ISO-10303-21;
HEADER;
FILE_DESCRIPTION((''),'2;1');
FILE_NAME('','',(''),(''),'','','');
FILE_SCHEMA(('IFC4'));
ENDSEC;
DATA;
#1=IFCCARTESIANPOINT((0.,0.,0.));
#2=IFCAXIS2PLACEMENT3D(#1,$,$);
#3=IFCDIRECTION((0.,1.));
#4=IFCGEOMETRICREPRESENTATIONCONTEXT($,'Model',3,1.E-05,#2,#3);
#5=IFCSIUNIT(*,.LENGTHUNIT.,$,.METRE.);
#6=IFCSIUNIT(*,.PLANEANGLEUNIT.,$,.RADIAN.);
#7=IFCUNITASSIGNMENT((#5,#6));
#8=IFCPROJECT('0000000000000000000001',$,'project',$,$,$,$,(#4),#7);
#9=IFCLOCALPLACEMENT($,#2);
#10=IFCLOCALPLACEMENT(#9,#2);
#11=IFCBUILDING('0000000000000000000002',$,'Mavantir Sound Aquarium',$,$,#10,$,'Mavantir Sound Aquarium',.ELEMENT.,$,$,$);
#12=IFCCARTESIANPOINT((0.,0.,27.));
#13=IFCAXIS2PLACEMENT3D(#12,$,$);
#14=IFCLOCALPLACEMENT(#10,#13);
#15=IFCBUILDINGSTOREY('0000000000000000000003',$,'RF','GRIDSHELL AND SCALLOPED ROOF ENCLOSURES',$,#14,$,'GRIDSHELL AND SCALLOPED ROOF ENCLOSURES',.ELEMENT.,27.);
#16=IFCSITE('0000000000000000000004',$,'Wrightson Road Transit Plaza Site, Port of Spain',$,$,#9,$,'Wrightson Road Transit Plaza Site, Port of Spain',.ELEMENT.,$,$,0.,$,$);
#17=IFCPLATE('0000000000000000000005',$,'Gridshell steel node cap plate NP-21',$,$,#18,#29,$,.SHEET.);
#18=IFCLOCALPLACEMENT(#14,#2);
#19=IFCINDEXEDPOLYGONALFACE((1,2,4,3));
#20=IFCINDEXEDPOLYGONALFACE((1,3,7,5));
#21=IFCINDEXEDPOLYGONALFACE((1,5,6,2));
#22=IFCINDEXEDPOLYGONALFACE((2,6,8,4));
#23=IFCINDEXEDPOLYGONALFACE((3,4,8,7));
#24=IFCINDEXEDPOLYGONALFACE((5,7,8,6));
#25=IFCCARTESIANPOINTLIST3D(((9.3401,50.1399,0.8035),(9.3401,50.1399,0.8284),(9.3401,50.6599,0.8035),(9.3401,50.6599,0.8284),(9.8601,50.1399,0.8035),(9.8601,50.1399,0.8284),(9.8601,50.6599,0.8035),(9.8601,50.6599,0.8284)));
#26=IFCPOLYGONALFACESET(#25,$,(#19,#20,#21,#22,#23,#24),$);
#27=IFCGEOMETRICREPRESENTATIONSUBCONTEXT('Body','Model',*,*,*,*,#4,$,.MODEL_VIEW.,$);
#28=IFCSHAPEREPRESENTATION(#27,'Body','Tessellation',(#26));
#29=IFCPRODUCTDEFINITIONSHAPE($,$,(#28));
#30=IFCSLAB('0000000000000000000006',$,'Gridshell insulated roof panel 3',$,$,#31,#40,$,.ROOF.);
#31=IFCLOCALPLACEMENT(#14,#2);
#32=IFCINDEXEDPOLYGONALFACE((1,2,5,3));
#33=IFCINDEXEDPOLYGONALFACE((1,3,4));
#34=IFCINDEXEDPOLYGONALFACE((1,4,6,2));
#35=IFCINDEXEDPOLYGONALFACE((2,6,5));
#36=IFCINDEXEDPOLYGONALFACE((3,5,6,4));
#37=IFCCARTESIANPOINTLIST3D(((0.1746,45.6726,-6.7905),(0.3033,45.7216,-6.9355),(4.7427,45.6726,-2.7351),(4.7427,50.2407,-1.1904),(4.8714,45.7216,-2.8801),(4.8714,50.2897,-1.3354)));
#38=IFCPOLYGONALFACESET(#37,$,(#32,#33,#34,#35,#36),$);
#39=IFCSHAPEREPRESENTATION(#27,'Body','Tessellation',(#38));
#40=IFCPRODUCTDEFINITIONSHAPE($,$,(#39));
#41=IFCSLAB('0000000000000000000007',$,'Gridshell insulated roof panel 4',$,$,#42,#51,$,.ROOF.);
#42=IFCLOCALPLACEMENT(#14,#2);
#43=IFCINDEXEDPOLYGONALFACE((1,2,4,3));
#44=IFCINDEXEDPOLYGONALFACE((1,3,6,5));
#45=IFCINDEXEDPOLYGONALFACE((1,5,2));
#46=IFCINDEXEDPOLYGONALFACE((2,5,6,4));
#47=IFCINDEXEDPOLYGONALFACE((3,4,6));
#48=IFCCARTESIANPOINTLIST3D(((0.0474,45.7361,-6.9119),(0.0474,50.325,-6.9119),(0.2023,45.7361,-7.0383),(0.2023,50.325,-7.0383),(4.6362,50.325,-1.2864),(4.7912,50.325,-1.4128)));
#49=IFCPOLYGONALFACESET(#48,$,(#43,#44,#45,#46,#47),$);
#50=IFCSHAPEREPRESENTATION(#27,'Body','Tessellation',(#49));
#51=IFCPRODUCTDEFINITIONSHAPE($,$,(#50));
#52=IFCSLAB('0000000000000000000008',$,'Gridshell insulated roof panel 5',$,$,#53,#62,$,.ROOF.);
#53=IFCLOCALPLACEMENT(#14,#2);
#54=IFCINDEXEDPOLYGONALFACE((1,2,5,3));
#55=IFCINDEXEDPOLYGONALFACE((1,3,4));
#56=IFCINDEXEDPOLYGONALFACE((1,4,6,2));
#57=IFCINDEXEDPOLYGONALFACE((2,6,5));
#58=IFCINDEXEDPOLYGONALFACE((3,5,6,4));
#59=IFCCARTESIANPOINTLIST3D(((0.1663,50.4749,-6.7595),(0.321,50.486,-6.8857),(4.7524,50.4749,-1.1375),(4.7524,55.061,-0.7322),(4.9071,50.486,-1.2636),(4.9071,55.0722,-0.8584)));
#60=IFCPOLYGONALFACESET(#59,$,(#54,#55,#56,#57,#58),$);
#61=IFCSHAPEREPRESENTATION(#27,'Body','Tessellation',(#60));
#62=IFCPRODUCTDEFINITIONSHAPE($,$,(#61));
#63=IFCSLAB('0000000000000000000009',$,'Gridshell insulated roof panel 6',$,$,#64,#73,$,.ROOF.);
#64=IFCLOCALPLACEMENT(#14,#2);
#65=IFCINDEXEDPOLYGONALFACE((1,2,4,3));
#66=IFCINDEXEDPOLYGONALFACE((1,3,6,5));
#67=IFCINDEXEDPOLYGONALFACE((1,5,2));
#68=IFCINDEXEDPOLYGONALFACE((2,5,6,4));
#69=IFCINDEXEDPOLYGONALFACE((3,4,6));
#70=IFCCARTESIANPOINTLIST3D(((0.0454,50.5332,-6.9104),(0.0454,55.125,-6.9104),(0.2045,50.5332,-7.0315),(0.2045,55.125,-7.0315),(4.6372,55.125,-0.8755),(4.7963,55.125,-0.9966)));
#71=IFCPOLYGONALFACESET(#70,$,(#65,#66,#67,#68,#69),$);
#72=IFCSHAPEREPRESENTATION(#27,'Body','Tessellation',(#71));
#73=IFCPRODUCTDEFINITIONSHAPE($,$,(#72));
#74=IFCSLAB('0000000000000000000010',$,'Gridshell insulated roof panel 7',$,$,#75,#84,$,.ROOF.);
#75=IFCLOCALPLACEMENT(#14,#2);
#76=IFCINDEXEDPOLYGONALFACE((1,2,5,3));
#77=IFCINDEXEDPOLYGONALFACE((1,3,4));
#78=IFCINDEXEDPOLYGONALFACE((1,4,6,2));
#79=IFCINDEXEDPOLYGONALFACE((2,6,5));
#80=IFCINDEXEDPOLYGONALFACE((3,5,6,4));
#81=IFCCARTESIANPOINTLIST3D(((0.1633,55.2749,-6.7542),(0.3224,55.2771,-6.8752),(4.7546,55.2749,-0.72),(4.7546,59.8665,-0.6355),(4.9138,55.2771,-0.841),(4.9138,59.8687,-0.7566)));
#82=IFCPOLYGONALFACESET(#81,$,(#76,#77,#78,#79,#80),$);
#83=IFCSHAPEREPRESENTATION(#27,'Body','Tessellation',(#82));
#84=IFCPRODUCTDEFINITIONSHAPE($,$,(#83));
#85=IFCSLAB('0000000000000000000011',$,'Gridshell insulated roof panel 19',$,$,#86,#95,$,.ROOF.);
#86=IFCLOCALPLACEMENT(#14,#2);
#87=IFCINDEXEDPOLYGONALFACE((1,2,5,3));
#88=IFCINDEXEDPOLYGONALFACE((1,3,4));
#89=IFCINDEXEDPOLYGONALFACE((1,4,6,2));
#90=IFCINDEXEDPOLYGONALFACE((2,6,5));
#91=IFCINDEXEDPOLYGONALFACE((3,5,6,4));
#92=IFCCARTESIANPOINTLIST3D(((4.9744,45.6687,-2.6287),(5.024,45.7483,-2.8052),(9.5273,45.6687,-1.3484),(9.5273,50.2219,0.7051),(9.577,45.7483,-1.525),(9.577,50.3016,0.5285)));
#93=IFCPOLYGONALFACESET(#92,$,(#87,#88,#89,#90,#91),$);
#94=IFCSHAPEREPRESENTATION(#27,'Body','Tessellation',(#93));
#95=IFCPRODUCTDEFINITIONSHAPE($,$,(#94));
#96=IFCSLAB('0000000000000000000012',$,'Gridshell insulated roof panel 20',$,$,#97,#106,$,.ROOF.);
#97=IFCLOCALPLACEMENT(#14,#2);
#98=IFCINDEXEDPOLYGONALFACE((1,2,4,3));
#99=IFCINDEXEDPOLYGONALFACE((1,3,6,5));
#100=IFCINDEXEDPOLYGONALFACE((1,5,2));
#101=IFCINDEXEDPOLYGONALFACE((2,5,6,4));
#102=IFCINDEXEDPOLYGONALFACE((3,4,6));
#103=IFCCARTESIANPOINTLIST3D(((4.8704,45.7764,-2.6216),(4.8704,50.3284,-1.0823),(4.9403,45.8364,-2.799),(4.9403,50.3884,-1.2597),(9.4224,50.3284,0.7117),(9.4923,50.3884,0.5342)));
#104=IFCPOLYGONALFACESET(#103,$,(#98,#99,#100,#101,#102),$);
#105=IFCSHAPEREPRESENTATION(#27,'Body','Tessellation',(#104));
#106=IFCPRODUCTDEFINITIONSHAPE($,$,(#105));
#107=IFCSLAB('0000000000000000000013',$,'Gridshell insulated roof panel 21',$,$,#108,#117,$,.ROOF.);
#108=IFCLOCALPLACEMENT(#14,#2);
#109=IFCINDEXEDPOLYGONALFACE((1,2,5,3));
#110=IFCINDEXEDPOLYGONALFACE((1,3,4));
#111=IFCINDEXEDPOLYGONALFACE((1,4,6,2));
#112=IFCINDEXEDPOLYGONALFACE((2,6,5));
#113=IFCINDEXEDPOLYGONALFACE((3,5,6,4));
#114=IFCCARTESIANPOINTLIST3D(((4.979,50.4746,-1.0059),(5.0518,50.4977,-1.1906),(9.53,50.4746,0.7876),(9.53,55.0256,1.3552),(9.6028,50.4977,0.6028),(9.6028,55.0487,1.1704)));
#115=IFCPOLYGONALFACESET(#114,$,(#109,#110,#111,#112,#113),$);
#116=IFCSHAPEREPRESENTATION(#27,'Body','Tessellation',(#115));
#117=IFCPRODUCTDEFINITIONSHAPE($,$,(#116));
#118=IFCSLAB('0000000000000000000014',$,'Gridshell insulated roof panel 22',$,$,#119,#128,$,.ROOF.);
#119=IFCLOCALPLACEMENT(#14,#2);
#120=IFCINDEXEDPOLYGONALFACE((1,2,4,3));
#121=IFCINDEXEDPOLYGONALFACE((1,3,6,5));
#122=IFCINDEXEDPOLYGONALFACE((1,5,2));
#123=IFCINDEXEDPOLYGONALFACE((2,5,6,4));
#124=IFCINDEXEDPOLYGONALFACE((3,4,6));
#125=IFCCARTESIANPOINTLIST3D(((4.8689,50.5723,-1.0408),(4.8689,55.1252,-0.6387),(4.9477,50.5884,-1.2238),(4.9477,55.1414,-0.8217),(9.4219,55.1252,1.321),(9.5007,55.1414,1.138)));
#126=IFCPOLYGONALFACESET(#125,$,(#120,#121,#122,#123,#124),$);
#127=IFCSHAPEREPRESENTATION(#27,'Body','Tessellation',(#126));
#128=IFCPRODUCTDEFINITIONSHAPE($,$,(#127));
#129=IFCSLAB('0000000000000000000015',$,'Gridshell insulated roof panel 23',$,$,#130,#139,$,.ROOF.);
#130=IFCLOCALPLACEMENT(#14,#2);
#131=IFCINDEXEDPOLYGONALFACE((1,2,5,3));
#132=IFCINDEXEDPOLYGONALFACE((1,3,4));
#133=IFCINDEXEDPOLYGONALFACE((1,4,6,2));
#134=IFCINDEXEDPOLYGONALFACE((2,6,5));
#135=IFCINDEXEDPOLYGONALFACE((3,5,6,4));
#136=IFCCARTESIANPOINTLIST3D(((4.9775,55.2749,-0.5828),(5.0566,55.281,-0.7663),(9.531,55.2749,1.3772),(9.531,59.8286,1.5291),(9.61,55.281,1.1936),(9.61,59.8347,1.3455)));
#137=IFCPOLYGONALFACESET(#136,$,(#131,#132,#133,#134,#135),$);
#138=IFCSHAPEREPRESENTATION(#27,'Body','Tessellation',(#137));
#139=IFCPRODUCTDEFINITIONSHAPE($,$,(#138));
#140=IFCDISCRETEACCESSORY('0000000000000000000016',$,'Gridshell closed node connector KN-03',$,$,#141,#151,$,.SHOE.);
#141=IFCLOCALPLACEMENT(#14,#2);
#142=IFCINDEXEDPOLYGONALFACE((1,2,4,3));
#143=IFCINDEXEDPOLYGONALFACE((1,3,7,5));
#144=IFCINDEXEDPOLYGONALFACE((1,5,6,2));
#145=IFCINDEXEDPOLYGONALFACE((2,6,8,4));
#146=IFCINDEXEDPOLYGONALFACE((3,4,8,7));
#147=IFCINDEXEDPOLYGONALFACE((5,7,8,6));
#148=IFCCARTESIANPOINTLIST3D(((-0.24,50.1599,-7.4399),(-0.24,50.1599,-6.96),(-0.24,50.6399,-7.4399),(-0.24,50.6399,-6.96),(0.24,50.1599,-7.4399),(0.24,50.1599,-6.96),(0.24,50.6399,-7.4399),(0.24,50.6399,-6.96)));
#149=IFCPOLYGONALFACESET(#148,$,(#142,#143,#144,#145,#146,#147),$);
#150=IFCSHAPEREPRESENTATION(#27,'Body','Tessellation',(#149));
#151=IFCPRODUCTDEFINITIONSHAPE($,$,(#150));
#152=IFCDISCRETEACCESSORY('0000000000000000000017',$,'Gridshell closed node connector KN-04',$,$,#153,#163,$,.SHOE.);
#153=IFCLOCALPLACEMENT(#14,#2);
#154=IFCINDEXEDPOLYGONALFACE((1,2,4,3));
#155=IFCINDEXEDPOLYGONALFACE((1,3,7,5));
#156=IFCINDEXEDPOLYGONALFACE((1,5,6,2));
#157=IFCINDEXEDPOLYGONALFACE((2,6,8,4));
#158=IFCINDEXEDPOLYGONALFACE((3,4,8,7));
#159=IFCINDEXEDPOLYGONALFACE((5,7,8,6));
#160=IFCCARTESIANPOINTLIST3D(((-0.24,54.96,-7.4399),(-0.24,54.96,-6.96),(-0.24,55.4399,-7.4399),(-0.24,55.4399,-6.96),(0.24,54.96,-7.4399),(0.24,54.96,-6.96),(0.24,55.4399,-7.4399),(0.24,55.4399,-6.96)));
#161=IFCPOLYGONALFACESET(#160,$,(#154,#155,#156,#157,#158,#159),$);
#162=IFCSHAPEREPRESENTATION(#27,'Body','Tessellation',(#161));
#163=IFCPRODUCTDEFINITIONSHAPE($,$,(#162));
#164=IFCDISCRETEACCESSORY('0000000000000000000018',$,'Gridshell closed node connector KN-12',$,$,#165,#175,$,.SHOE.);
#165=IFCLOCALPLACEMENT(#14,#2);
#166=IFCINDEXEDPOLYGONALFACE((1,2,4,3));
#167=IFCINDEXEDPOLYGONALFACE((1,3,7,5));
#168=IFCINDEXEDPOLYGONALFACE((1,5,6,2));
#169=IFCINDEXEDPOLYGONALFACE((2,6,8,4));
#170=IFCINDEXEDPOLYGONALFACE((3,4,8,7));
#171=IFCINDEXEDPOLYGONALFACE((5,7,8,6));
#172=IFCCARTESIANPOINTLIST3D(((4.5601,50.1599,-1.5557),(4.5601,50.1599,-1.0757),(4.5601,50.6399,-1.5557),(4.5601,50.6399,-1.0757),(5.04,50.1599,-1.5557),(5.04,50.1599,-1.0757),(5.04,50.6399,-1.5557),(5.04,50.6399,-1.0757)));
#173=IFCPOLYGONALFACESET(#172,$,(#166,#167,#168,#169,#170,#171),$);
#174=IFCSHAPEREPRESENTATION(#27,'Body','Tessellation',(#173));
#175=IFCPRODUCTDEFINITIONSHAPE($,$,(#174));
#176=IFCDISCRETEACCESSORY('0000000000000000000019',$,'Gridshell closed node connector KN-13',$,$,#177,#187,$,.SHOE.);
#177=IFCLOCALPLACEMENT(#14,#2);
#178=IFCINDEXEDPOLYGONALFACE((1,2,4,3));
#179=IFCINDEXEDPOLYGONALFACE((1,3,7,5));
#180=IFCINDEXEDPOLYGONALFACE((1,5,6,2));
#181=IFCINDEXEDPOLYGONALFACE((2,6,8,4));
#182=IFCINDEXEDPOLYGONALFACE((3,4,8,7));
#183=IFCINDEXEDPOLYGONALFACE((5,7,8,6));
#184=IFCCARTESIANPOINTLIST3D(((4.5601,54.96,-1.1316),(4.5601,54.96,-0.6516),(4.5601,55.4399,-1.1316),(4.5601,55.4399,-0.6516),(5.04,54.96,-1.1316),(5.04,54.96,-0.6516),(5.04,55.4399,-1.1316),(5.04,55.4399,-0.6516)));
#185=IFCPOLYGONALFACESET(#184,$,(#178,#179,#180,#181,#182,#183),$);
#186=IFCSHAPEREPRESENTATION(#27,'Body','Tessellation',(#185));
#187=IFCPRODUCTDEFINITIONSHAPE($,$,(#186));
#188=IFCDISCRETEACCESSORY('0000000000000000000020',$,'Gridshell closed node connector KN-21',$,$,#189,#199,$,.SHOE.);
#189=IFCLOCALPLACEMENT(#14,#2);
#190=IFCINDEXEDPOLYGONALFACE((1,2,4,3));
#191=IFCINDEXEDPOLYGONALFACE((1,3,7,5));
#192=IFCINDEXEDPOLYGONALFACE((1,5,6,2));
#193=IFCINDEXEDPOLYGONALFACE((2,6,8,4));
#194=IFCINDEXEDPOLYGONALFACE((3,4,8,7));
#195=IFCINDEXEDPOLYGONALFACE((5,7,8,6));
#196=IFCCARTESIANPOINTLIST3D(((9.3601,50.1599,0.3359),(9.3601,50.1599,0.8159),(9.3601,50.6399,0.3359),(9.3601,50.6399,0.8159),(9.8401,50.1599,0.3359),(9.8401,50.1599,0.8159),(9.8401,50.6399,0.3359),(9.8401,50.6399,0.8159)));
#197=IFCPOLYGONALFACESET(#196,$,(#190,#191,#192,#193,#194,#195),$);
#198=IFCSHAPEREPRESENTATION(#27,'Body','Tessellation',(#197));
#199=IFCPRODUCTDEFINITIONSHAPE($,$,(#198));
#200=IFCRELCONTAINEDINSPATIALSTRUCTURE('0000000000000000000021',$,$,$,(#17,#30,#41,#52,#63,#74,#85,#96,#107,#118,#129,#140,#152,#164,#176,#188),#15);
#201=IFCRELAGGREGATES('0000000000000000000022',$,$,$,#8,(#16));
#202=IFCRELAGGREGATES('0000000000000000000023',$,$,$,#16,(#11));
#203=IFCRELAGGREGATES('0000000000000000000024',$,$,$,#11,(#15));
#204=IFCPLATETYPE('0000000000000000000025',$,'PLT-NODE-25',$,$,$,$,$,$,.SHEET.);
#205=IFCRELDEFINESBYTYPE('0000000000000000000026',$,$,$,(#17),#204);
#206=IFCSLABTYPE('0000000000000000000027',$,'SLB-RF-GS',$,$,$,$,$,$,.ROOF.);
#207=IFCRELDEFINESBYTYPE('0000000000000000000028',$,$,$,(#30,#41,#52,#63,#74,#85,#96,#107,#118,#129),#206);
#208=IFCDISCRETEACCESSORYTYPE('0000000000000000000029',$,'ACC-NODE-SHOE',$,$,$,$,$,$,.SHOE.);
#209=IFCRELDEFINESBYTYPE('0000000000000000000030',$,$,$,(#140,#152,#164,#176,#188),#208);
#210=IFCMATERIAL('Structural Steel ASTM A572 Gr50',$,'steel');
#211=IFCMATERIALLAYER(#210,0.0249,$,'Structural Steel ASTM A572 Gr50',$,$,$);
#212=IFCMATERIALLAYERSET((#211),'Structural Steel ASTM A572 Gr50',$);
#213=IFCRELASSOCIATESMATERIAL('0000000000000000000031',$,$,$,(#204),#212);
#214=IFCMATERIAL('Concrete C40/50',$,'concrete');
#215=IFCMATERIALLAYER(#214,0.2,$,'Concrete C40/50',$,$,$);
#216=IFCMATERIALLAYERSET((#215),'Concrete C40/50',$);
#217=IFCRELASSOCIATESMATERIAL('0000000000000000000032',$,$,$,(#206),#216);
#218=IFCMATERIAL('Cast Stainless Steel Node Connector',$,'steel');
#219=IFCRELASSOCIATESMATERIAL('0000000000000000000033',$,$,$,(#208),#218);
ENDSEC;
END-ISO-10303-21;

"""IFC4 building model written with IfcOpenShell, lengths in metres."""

from ifc_helpers import new_model, si_unit, direction, frame, origin, origin_2d, place, context, subcontext, project, spatial, polyline, rectangle, outline, extrude, material, layer, layer_set, type_object, element, save


model = new_model("IFC4")

# Units and contexts
model_context = context("Model", 3, precision=1e-05, world=origin(), true_north=direction((0.0, 1.0)))
body_context = subcontext(model_context, "Body", "Model", "MODEL_VIEW")
ifc_project = project(units=[si_unit("LENGTHUNIT", "METRE"), si_unit("PLANEANGLEUNIT", "RADIAN")], contexts=[model_context])

# Site, building, storey
site_placement = place(None, origin())
site = spatial("IfcSite", under=ifc_project, at=site_placement, Name="Wrightson Road Transit Plaza Site, Port of Spain", LongName="Wrightson Road Transit Plaza Site, Port of Spain", CompositionType="ELEMENT", RefElevation=0.0)
building_placement = place(site_placement, origin())
building = spatial("IfcBuilding", under=site, at=building_placement, Name="Mavantir Sound Aquarium", LongName="Mavantir Sound Aquarium", CompositionType="ELEMENT")
storey_placement = place(building_placement, frame((0.0, 0.0, 27.0)))
storey = spatial("IfcBuildingStorey", under=building, at=storey_placement, Name="RF", Description="GRIDSHELL AND SCALLOPED ROOF ENCLOSURES", LongName="GRIDSHELL AND SCALLOPED ROOF ENCLOSURES", CompositionType="ELEMENT", Elevation=27.0)

# Plate
ifc_material_1 = material(Name="Structural Steel ASTM A572 Gr50", Category="steel")
ifc_layer_1 = layer(ifc_material_1, 0.0249, Name="Structural Steel ASTM A572 Gr50")
ifc_layer_set_1 = layer_set([ifc_layer_1], Name="Structural Steel ASTM A572 Gr50")
plate_type_1 = type_object("IfcPlateType", Name="PLT-NODE-25", PredefinedType="SHEET", material=ifc_layer_set_1)
for number, where, z_axis, x_axis, name in (
    (1, (9.6001, 50.3999, 0.8035), (0.0, 0.0, 1.0), (1.0, 0.0, 0.0), "Gridshell steel node cap plate NP-21"),
):
    element("IfcPlate", number, at=place(storey_placement, frame(where, z_axis=z_axis, x_axis=x_axis)), inside=storey, type_object=plate_type_1, Name=name, PredefinedType="SHEET", context=body_context, shape_type="SweptSolid", body=[
        extrude(rectangle(XDim=0.52, YDim=0.52, at=origin_2d()), origin(), (0.0, 0.0, 1.0), 0.0249),
    ])

# Slabs
ifc_material_2 = material(Name="Concrete C40/50", Category="concrete")
ifc_layer_2 = layer(ifc_material_2, 0.2, Name="Concrete C40/50")
ifc_layer_set_2 = layer_set([ifc_layer_2], Name="Concrete C40/50")
slab_type = type_object("IfcSlabType", Name="SLB-RF-GS", PredefinedType="ROOF", material=ifc_layer_set_2)
slab_1_placement = place(storey_placement, frame((0.1746, 45.6726, -6.7905), z_axis=(-0.643635, -0.245156, 0.725005), x_axis=(0.747826, 0.0, 0.663895)))
element("IfcSlab", 2, at=slab_1_placement, inside=storey, type_object=slab_type, Name="Gridshell insulated roof panel 3", PredefinedType="ROOF", context=body_context, shape_type="SweptSolid", body=[
    extrude(outline(polyline([(0.0, 0.0), (6.1085, 0.0), (7.134, 4.7119), (0.0, 0.0)])), origin(), (0.0, 0.0, -1.0), 0.2),
])
slab_2_placement = place(storey_placement, frame((0.0474, 45.7361, -6.9119), z_axis=(-0.774888, 0.0, 0.632098), x_axis=(0.534307, 0.534307, 0.655006)))
element("IfcSlab", 3, at=slab_2_placement, inside=storey, type_object=slab_type, Name="Gridshell insulated roof panel 4", PredefinedType="ROOF", context=body_context, shape_type="SweptSolid", body=[
    extrude(outline(polyline([(0.0, 0.0), (8.5885, 0.0), (2.4519, 3.8789), (0.0, 0.0)])), origin(), (0.0, 0.0, -1.0), 0.2),
])
slab_3_placement = place(storey_placement, frame((0.1663, 50.4749, -6.7595), z_axis=(-0.773675, -0.055771, 0.631123), x_axis=(0.632107, 0.0, 0.774882)))
element("IfcSlab", 4, at=slab_3_placement, inside=storey, type_object=slab_type, Name="Gridshell insulated roof panel 5", PredefinedType="ROOF", context=body_context, shape_type="SweptSolid", body=[
    extrude(outline(polyline([(0.0, 0.0), (7.2554, 0.0), (7.5694, 4.5933), (0.0, 0.0)])), origin(), (0.0, 0.0, -1.0), 0.2),
])
slab_4_placement = place(storey_placement, frame((0.0454, 50.5332, -6.9104), z_axis=(-0.795828, 0.0, 0.605523), x_axis=(0.517965, 0.517965, 0.680752)))
element("IfcSlab", 5, at=slab_4_placement, inside=storey, type_object=slab_type, Name="Gridshell insulated roof panel 6", PredefinedType="ROOF", context=body_context, shape_type="SweptSolid", body=[
    extrude(outline(polyline([(0.0, 0.0), (8.8651, 0.0), (2.3784, 3.9278), (0.0, 0.0)])), origin(), (0.0, 0.0, -1.0), 0.2),
])
slab_5_placement = place(storey_placement, frame((0.1633, 55.2749, -6.7542), z_axis=(-0.795774, -0.011139, 0.605491), x_axis=(0.605529, 0.0, 0.795823)))
element("IfcSlab", 6, at=slab_5_placement, inside=storey, type_object=slab_type, Name="Gridshell insulated roof panel 7", PredefinedType="ROOF", context=body_context, shape_type="SweptSolid", body=[
    extrude(outline(polyline([(0.0, 0.0), (7.5823, 0.0), (7.6495, 4.5918), (0.0, 0.0)])), origin(), (0.0, 0.0, -1.0), 0.2),
])
slab_6_placement = place(storey_placement, frame((4.9744, 45.6687, -2.6287), z_axis=(-0.248304, -0.398241, 0.883034), x_axis=(0.962665, 0.0, 0.270696)))
element("IfcSlab", 7, at=slab_6_placement, inside=storey, type_object=slab_type, Name="Gridshell insulated roof panel 19", PredefinedType="ROOF", context=body_context, shape_type="SweptSolid", body=[
    extrude(outline(polyline([(0.0, 0.0), (4.7296, 0.0), (5.2854, 4.9638), (0.0, 0.0)])), origin(), (0.0, 0.0, -1.0), 0.2),
])
slab_7_placement = place(storey_placement, frame((4.8704, 45.7764, -2.6216), z_axis=(-0.349753, -0.300108, 0.887473), x_axis=(0.627925, 0.627925, 0.459805)))
element("IfcSlab", 8, at=slab_7_placement, inside=storey, type_object=slab_type, Name="Gridshell insulated roof panel 20", PredefinedType="ROOF", context=body_context, shape_type="SweptSolid", body=[
    extrude(outline(polyline([(0.0, 0.0), (7.2493, 0.0), (3.5661, 3.2207), (0.0, 0.0)])), origin(), (0.0, 0.0, -1.0), 0.2),
])
slab_8_placement = place(storey_placement, frame((4.979, 50.4746, -1.0059), z_axis=(-0.364192, -0.115266, 0.924163), x_axis=(0.930365, 0.0, 0.366636)))
element("IfcSlab", 9, at=slab_8_placement, inside=storey, type_object=slab_type, Name="Gridshell insulated roof panel 21", PredefinedType="ROOF", context=body_context, shape_type="SweptSolid", body=[
    extrude(outline(polyline([(0.0, 0.0), (4.8917, 0.0), (5.0998, 4.5816), (0.0, 0.0)])), origin(), (0.0, 0.0, -1.0), 0.2),
])
slab_9_placement = place(storey_placement, frame((4.8689, 50.5723, -1.0408), z_axis=(-0.394063, -0.080855, 0.91552), x_axis=(0.663856, 0.663856, 0.344369)))
element("IfcSlab", 10, at=slab_9_placement, inside=storey, type_object=slab_type, Name="Gridshell insulated roof panel 22", PredefinedType="ROOF", context=body_context, shape_type="SweptSolid", body=[
    extrude(outline(polyline([(0.0, 0.0), (6.8584, 0.0), (3.161, 3.3014), (0.0, 0.0)])), origin(), (0.0, 0.0, -1.0), 0.2),
])
slab_10_placement = place(storey_placement, frame((4.9775, 55.2749, -0.5828), z_axis=(-0.395178, -0.030616, 0.918094), x_axis=(0.918525, 0.0, 0.395363)))
element("IfcSlab", 11, at=slab_10_placement, inside=storey, type_object=slab_type, Name="Gridshell insulated roof panel 23", PredefinedType="ROOF", context=body_context, shape_type="SweptSolid", body=[
    extrude(outline(polyline([(0.0, 0.0), (4.9574, 0.0), (5.0174, 4.5558), (0.0, 0.0)])), origin(), (0.0, 0.0, -1.0), 0.2),
])

# Discrete accessories
ifc_material_3 = material(Name="Cast Stainless Steel Node Connector", Category="steel")
discrete_accessory_type = type_object("IfcDiscreteAccessoryType", Name="ACC-NODE-SHOE", PredefinedType="SHOE", material=ifc_material_3)
for number, where, z_axis, x_axis, name in (
    (12, (0.0, 50.3999, -7.4399), (0.0, 0.0, 1.0), (1.0, 0.0, 0.0), "Gridshell closed node connector KN-03"),
    (13, (0.0, 55.2, -7.4399), (0.0, 0.0, 1.0), (1.0, 0.0, 0.0), "Gridshell closed node connector KN-04"),
    (14, (4.8, 50.3999, -1.5557), (0.0, 0.0, 1.0), (1.0, 0.0, 0.0), "Gridshell closed node connector KN-12"),
    (15, (4.8, 55.2, -1.1316), (0.0, 0.0, 1.0), (1.0, 0.0, 0.0), "Gridshell closed node connector KN-13"),
    (16, (9.6001, 50.3999, 0.3359), (0.0, 0.0, 1.0), (1.0, 0.0, 0.0), "Gridshell closed node connector KN-21"),
):
    element("IfcDiscreteAccessory", number, at=place(storey_placement, frame(where, z_axis=z_axis, x_axis=x_axis)), inside=storey, type_object=discrete_accessory_type, Name=name, PredefinedType="SHOE", context=body_context, shape_type="SweptSolid", body=[
        extrude(rectangle(XDim=0.48, YDim=0.48, at=origin_2d()), origin(), (0.0, 0.0, 1.0), 0.48),
    ])

save(model, "model.ifc")
